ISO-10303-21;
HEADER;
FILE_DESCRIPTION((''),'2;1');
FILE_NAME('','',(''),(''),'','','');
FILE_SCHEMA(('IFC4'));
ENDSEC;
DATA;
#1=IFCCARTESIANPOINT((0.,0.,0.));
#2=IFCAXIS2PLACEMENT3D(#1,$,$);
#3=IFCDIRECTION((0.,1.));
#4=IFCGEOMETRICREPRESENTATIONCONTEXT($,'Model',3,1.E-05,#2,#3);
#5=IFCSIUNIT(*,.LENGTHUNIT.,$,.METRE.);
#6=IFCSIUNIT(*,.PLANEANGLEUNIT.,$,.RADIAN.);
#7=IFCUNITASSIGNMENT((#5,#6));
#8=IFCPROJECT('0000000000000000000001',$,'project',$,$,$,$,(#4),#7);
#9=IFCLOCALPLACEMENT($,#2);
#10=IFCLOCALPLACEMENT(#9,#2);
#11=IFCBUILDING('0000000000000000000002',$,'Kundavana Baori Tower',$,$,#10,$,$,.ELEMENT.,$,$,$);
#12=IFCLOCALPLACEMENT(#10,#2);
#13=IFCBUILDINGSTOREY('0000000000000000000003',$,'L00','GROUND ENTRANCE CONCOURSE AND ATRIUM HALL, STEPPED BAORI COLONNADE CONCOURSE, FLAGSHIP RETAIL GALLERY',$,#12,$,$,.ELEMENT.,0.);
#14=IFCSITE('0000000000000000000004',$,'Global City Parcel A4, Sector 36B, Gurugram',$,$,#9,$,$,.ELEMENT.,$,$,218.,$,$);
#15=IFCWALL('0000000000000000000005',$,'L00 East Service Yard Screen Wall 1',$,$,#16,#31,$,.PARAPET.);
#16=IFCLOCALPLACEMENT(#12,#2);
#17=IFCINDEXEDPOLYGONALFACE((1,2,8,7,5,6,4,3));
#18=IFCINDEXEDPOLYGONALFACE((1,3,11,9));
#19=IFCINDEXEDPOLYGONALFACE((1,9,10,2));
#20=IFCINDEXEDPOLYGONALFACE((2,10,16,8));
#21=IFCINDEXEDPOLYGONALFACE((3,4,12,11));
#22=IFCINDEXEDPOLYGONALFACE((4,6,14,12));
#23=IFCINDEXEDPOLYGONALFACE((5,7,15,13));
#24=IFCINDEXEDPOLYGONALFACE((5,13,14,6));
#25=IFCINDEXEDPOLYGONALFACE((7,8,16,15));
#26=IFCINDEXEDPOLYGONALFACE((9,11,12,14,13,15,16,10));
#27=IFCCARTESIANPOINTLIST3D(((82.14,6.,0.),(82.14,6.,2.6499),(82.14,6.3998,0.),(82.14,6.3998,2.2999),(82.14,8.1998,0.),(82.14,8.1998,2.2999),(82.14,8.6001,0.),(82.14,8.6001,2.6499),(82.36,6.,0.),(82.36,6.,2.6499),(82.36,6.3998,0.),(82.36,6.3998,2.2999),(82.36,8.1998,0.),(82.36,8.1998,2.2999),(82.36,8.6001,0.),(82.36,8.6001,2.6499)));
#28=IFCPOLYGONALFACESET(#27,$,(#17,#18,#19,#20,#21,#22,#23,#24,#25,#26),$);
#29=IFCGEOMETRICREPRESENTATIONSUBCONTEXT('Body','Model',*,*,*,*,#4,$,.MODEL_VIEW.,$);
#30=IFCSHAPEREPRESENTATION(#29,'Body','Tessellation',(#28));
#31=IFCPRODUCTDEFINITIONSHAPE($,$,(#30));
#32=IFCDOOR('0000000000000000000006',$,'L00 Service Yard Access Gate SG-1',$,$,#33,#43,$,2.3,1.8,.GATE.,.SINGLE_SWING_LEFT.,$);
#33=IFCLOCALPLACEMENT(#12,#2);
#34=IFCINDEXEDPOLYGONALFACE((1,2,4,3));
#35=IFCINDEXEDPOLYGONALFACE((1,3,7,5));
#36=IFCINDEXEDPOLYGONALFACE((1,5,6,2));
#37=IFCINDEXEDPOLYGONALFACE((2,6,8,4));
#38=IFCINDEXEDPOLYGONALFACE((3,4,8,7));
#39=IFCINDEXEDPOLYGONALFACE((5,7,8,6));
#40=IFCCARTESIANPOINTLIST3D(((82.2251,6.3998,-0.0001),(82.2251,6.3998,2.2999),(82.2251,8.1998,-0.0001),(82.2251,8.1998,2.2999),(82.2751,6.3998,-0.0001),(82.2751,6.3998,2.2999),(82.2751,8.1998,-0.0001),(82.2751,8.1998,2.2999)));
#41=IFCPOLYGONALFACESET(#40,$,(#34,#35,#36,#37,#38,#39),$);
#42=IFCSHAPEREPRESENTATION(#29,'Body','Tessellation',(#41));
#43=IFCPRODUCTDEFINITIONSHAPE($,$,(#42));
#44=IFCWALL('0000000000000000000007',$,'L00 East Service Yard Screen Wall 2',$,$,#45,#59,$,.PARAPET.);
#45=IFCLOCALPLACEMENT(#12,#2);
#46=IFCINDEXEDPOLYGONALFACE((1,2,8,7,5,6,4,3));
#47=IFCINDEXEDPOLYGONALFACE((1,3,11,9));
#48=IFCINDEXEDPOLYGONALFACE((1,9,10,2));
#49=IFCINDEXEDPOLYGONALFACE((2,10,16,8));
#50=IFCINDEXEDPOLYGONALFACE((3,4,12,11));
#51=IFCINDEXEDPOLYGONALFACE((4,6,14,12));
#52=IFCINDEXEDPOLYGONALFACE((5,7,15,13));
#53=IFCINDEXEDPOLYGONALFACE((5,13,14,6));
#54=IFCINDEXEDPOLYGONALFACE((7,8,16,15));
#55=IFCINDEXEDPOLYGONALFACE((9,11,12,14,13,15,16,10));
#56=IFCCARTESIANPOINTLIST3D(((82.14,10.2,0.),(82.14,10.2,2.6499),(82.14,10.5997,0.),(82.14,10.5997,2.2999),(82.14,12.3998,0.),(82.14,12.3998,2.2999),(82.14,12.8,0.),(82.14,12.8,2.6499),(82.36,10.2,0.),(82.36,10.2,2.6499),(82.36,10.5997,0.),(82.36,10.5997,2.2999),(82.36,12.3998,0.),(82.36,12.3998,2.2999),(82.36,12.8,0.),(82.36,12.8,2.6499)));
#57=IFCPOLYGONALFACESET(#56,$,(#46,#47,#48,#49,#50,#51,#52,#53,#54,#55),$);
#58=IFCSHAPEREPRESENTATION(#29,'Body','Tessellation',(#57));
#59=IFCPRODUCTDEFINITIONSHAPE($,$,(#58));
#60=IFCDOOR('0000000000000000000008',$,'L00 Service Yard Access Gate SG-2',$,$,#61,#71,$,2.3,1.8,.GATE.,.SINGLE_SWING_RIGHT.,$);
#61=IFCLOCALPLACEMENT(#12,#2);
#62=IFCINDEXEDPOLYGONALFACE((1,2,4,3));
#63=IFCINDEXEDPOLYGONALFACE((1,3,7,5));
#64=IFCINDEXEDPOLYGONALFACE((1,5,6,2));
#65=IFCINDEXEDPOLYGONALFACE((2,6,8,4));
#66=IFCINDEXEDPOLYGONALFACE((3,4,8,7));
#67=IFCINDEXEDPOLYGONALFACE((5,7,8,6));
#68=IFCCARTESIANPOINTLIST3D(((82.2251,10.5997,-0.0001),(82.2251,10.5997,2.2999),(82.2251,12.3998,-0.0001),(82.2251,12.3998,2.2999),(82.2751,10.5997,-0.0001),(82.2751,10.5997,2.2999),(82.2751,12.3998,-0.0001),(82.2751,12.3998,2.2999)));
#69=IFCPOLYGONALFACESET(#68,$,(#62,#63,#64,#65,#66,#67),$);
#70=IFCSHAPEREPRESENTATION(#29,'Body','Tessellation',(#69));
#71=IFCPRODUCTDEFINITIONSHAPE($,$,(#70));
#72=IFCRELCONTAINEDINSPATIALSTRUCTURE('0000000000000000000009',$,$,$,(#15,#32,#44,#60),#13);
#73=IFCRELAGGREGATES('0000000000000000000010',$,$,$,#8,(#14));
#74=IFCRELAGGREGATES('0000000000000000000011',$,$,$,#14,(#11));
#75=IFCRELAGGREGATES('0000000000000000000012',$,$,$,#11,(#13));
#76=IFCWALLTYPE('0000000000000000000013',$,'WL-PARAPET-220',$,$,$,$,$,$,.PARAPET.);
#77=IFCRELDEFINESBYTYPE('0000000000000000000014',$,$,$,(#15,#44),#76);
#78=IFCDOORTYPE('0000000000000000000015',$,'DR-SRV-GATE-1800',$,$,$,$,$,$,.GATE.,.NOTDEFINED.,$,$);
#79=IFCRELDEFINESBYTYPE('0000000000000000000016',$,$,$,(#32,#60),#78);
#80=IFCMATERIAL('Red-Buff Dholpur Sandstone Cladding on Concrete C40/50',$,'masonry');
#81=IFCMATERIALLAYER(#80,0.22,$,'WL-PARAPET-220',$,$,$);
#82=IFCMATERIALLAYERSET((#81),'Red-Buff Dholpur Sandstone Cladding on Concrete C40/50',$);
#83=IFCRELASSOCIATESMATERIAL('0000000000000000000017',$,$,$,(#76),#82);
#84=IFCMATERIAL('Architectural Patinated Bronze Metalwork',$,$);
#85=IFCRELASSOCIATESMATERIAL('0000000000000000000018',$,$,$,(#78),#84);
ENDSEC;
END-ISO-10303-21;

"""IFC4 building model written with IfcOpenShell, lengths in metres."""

from ifc_helpers import new_model, si_unit, direction, frame, frame_2d, origin, place, context, subcontext, project, spatial, rectangle, extrude, material, layer, layer_set, type_object, element, fill, save


model = new_model("IFC4")

# Units and contexts
model_context = context("Model", 3, precision=1e-05, world=origin(), true_north=direction((0.0, 1.0)))
body_context = subcontext(model_context, "Body", "Model", "MODEL_VIEW")
ifc_project = project(units=[si_unit("LENGTHUNIT", "METRE"), si_unit("PLANEANGLEUNIT", "RADIAN")], contexts=[model_context])

# Site, building, storey
site_placement = place(None, origin())
site = spatial("IfcSite", under=ifc_project, at=site_placement, Name="Global City Parcel A4, Sector 36B, Gurugram", CompositionType="ELEMENT", RefElevation=218.0)
building_placement = place(site_placement, origin())
building = spatial("IfcBuilding", under=site, at=building_placement, Name="Kundavana Baori Tower", CompositionType="ELEMENT")
storey_placement = place(building_placement, origin())
storey = spatial("IfcBuildingStorey", under=building, at=storey_placement, Name="L00", Description="GROUND ENTRANCE CONCOURSE AND ATRIUM HALL, STEPPED BAORI COLONNADE CONCOURSE, FLAGSHIP RETAIL GALLERY", CompositionType="ELEMENT", Elevation=0.0)

# Walls, openings, doors
ifc_material_1 = material(Name="Red-Buff Dholpur Sandstone Cladding on Concrete C40/50", Category="masonry")
ifc_layer_1 = layer(ifc_material_1, 0.22, Name="WL-PARAPET-220")
ifc_layer_set_1 = layer_set([ifc_layer_1], Name="Red-Buff Dholpur Sandstone Cladding on Concrete C40/50")
wall_type_1 = type_object("IfcWallType", Name="WL-PARAPET-220", PredefinedType="PARAPET", material=ifc_layer_set_1)
wall_1_placement = place(storey_placement, frame((82.25, 6.0, 0.0), z_axis=(0.0, 0.0, 1.0), x_axis=(0.0, 1.0, 0.0)))
wall_1 = element("IfcWall", 1, at=wall_1_placement, inside=storey, type_object=wall_type_1, Name="L00 East Service Yard Screen Wall 1", PredefinedType="PARAPET", context=body_context, shape_type="SweptSolid", body=[
    extrude(rectangle(XDim=2.6001, YDim=0.22, at=frame_2d((1.3, 0.0))), origin(), (0.0, 0.0, 1.0), 2.6499),
])
opening_1_placement = place(wall_1_placement, frame((0.3999, 0.0, 0.0)))
opening_1 = element("IfcOpeningElement", 2, at=opening_1_placement, cuts=wall_1, PredefinedType="OPENING", context=body_context, shape_type="SweptSolid", body=[
    extrude(rectangle(XDim=1.8, YDim=2.3, at=frame_2d((0.8999, 1.1499))), frame((0.0, 0.1201, 0.0), z_axis=(0.0, -1.0, 0.0), x_axis=(1.0, 0.0, 0.0)), (0.0, 0.0, 1.0), 0.24),
])
ifc_material_2 = material(Name="Architectural Patinated Bronze Metalwork")
door_type = type_object("IfcDoorType", Name="DR-SRV-GATE-1800", OperationType="NOTDEFINED", PredefinedType="GATE", material=ifc_material_2)
door_1_placement = place(opening_1_placement, origin())
door_1 = element("IfcDoor", 3, at=door_1_placement, inside=storey, type_object=door_type, Name="L00 Service Yard Access Gate SG-1", OperationType="SINGLE_SWING_LEFT", OverallHeight=2.3, OverallWidth=1.8, PredefinedType="GATE", context=body_context, shape_type="SweptSolid", body=[
    extrude(rectangle(XDim=1.8, YDim=2.3, at=frame_2d((0.8999, 1.1499))), frame((0.0, 0.0249, 0.0), z_axis=(0.0, -1.0, 0.0), x_axis=(1.0, 0.0, 0.0)), (0.0, 0.0, 1.0), 0.05),
])
fill(opening_1, door_1)
wall_2_placement = place(storey_placement, frame((82.25, 10.2, 0.0), z_axis=(0.0, 0.0, 1.0), x_axis=(0.0, 1.0, 0.0)))
wall_2 = element("IfcWall", 4, at=wall_2_placement, inside=storey, type_object=wall_type_1, Name="L00 East Service Yard Screen Wall 2", PredefinedType="PARAPET", context=body_context, shape_type="SweptSolid", body=[
    extrude(rectangle(XDim=2.6001, YDim=0.22, at=frame_2d((1.3, 0.0))), origin(), (0.0, 0.0, 1.0), 2.6499),
])
opening_2_placement = place(wall_2_placement, frame((0.3999, 0.0, 0.0)))
opening_2 = element("IfcOpeningElement", 5, at=opening_2_placement, cuts=wall_2, PredefinedType="OPENING", context=body_context, shape_type="SweptSolid", body=[
    extrude(rectangle(XDim=1.8, YDim=2.3, at=frame_2d((0.8999, 1.1499))), frame((0.0, 0.1201, 0.0), z_axis=(0.0, -1.0, 0.0), x_axis=(1.0, 0.0, 0.0)), (0.0, 0.0, 1.0), 0.24),
])
door_2_placement = place(opening_2_placement, origin())
door_2 = element("IfcDoor", 6, at=door_2_placement, inside=storey, type_object=door_type, Name="L00 Service Yard Access Gate SG-2", OperationType="SINGLE_SWING_RIGHT", OverallHeight=2.3, OverallWidth=1.8, PredefinedType="GATE", context=body_context, shape_type="SweptSolid", body=[
    extrude(rectangle(XDim=1.8, YDim=2.3, at=frame_2d((0.8999, 1.1499))), frame((0.0, 0.0249, 0.0), z_axis=(0.0, -1.0, 0.0), x_axis=(1.0, 0.0, 0.0)), (0.0, 0.0, 1.0), 0.05),
])
fill(opening_2, door_2)

save(model, "model.ifc")
